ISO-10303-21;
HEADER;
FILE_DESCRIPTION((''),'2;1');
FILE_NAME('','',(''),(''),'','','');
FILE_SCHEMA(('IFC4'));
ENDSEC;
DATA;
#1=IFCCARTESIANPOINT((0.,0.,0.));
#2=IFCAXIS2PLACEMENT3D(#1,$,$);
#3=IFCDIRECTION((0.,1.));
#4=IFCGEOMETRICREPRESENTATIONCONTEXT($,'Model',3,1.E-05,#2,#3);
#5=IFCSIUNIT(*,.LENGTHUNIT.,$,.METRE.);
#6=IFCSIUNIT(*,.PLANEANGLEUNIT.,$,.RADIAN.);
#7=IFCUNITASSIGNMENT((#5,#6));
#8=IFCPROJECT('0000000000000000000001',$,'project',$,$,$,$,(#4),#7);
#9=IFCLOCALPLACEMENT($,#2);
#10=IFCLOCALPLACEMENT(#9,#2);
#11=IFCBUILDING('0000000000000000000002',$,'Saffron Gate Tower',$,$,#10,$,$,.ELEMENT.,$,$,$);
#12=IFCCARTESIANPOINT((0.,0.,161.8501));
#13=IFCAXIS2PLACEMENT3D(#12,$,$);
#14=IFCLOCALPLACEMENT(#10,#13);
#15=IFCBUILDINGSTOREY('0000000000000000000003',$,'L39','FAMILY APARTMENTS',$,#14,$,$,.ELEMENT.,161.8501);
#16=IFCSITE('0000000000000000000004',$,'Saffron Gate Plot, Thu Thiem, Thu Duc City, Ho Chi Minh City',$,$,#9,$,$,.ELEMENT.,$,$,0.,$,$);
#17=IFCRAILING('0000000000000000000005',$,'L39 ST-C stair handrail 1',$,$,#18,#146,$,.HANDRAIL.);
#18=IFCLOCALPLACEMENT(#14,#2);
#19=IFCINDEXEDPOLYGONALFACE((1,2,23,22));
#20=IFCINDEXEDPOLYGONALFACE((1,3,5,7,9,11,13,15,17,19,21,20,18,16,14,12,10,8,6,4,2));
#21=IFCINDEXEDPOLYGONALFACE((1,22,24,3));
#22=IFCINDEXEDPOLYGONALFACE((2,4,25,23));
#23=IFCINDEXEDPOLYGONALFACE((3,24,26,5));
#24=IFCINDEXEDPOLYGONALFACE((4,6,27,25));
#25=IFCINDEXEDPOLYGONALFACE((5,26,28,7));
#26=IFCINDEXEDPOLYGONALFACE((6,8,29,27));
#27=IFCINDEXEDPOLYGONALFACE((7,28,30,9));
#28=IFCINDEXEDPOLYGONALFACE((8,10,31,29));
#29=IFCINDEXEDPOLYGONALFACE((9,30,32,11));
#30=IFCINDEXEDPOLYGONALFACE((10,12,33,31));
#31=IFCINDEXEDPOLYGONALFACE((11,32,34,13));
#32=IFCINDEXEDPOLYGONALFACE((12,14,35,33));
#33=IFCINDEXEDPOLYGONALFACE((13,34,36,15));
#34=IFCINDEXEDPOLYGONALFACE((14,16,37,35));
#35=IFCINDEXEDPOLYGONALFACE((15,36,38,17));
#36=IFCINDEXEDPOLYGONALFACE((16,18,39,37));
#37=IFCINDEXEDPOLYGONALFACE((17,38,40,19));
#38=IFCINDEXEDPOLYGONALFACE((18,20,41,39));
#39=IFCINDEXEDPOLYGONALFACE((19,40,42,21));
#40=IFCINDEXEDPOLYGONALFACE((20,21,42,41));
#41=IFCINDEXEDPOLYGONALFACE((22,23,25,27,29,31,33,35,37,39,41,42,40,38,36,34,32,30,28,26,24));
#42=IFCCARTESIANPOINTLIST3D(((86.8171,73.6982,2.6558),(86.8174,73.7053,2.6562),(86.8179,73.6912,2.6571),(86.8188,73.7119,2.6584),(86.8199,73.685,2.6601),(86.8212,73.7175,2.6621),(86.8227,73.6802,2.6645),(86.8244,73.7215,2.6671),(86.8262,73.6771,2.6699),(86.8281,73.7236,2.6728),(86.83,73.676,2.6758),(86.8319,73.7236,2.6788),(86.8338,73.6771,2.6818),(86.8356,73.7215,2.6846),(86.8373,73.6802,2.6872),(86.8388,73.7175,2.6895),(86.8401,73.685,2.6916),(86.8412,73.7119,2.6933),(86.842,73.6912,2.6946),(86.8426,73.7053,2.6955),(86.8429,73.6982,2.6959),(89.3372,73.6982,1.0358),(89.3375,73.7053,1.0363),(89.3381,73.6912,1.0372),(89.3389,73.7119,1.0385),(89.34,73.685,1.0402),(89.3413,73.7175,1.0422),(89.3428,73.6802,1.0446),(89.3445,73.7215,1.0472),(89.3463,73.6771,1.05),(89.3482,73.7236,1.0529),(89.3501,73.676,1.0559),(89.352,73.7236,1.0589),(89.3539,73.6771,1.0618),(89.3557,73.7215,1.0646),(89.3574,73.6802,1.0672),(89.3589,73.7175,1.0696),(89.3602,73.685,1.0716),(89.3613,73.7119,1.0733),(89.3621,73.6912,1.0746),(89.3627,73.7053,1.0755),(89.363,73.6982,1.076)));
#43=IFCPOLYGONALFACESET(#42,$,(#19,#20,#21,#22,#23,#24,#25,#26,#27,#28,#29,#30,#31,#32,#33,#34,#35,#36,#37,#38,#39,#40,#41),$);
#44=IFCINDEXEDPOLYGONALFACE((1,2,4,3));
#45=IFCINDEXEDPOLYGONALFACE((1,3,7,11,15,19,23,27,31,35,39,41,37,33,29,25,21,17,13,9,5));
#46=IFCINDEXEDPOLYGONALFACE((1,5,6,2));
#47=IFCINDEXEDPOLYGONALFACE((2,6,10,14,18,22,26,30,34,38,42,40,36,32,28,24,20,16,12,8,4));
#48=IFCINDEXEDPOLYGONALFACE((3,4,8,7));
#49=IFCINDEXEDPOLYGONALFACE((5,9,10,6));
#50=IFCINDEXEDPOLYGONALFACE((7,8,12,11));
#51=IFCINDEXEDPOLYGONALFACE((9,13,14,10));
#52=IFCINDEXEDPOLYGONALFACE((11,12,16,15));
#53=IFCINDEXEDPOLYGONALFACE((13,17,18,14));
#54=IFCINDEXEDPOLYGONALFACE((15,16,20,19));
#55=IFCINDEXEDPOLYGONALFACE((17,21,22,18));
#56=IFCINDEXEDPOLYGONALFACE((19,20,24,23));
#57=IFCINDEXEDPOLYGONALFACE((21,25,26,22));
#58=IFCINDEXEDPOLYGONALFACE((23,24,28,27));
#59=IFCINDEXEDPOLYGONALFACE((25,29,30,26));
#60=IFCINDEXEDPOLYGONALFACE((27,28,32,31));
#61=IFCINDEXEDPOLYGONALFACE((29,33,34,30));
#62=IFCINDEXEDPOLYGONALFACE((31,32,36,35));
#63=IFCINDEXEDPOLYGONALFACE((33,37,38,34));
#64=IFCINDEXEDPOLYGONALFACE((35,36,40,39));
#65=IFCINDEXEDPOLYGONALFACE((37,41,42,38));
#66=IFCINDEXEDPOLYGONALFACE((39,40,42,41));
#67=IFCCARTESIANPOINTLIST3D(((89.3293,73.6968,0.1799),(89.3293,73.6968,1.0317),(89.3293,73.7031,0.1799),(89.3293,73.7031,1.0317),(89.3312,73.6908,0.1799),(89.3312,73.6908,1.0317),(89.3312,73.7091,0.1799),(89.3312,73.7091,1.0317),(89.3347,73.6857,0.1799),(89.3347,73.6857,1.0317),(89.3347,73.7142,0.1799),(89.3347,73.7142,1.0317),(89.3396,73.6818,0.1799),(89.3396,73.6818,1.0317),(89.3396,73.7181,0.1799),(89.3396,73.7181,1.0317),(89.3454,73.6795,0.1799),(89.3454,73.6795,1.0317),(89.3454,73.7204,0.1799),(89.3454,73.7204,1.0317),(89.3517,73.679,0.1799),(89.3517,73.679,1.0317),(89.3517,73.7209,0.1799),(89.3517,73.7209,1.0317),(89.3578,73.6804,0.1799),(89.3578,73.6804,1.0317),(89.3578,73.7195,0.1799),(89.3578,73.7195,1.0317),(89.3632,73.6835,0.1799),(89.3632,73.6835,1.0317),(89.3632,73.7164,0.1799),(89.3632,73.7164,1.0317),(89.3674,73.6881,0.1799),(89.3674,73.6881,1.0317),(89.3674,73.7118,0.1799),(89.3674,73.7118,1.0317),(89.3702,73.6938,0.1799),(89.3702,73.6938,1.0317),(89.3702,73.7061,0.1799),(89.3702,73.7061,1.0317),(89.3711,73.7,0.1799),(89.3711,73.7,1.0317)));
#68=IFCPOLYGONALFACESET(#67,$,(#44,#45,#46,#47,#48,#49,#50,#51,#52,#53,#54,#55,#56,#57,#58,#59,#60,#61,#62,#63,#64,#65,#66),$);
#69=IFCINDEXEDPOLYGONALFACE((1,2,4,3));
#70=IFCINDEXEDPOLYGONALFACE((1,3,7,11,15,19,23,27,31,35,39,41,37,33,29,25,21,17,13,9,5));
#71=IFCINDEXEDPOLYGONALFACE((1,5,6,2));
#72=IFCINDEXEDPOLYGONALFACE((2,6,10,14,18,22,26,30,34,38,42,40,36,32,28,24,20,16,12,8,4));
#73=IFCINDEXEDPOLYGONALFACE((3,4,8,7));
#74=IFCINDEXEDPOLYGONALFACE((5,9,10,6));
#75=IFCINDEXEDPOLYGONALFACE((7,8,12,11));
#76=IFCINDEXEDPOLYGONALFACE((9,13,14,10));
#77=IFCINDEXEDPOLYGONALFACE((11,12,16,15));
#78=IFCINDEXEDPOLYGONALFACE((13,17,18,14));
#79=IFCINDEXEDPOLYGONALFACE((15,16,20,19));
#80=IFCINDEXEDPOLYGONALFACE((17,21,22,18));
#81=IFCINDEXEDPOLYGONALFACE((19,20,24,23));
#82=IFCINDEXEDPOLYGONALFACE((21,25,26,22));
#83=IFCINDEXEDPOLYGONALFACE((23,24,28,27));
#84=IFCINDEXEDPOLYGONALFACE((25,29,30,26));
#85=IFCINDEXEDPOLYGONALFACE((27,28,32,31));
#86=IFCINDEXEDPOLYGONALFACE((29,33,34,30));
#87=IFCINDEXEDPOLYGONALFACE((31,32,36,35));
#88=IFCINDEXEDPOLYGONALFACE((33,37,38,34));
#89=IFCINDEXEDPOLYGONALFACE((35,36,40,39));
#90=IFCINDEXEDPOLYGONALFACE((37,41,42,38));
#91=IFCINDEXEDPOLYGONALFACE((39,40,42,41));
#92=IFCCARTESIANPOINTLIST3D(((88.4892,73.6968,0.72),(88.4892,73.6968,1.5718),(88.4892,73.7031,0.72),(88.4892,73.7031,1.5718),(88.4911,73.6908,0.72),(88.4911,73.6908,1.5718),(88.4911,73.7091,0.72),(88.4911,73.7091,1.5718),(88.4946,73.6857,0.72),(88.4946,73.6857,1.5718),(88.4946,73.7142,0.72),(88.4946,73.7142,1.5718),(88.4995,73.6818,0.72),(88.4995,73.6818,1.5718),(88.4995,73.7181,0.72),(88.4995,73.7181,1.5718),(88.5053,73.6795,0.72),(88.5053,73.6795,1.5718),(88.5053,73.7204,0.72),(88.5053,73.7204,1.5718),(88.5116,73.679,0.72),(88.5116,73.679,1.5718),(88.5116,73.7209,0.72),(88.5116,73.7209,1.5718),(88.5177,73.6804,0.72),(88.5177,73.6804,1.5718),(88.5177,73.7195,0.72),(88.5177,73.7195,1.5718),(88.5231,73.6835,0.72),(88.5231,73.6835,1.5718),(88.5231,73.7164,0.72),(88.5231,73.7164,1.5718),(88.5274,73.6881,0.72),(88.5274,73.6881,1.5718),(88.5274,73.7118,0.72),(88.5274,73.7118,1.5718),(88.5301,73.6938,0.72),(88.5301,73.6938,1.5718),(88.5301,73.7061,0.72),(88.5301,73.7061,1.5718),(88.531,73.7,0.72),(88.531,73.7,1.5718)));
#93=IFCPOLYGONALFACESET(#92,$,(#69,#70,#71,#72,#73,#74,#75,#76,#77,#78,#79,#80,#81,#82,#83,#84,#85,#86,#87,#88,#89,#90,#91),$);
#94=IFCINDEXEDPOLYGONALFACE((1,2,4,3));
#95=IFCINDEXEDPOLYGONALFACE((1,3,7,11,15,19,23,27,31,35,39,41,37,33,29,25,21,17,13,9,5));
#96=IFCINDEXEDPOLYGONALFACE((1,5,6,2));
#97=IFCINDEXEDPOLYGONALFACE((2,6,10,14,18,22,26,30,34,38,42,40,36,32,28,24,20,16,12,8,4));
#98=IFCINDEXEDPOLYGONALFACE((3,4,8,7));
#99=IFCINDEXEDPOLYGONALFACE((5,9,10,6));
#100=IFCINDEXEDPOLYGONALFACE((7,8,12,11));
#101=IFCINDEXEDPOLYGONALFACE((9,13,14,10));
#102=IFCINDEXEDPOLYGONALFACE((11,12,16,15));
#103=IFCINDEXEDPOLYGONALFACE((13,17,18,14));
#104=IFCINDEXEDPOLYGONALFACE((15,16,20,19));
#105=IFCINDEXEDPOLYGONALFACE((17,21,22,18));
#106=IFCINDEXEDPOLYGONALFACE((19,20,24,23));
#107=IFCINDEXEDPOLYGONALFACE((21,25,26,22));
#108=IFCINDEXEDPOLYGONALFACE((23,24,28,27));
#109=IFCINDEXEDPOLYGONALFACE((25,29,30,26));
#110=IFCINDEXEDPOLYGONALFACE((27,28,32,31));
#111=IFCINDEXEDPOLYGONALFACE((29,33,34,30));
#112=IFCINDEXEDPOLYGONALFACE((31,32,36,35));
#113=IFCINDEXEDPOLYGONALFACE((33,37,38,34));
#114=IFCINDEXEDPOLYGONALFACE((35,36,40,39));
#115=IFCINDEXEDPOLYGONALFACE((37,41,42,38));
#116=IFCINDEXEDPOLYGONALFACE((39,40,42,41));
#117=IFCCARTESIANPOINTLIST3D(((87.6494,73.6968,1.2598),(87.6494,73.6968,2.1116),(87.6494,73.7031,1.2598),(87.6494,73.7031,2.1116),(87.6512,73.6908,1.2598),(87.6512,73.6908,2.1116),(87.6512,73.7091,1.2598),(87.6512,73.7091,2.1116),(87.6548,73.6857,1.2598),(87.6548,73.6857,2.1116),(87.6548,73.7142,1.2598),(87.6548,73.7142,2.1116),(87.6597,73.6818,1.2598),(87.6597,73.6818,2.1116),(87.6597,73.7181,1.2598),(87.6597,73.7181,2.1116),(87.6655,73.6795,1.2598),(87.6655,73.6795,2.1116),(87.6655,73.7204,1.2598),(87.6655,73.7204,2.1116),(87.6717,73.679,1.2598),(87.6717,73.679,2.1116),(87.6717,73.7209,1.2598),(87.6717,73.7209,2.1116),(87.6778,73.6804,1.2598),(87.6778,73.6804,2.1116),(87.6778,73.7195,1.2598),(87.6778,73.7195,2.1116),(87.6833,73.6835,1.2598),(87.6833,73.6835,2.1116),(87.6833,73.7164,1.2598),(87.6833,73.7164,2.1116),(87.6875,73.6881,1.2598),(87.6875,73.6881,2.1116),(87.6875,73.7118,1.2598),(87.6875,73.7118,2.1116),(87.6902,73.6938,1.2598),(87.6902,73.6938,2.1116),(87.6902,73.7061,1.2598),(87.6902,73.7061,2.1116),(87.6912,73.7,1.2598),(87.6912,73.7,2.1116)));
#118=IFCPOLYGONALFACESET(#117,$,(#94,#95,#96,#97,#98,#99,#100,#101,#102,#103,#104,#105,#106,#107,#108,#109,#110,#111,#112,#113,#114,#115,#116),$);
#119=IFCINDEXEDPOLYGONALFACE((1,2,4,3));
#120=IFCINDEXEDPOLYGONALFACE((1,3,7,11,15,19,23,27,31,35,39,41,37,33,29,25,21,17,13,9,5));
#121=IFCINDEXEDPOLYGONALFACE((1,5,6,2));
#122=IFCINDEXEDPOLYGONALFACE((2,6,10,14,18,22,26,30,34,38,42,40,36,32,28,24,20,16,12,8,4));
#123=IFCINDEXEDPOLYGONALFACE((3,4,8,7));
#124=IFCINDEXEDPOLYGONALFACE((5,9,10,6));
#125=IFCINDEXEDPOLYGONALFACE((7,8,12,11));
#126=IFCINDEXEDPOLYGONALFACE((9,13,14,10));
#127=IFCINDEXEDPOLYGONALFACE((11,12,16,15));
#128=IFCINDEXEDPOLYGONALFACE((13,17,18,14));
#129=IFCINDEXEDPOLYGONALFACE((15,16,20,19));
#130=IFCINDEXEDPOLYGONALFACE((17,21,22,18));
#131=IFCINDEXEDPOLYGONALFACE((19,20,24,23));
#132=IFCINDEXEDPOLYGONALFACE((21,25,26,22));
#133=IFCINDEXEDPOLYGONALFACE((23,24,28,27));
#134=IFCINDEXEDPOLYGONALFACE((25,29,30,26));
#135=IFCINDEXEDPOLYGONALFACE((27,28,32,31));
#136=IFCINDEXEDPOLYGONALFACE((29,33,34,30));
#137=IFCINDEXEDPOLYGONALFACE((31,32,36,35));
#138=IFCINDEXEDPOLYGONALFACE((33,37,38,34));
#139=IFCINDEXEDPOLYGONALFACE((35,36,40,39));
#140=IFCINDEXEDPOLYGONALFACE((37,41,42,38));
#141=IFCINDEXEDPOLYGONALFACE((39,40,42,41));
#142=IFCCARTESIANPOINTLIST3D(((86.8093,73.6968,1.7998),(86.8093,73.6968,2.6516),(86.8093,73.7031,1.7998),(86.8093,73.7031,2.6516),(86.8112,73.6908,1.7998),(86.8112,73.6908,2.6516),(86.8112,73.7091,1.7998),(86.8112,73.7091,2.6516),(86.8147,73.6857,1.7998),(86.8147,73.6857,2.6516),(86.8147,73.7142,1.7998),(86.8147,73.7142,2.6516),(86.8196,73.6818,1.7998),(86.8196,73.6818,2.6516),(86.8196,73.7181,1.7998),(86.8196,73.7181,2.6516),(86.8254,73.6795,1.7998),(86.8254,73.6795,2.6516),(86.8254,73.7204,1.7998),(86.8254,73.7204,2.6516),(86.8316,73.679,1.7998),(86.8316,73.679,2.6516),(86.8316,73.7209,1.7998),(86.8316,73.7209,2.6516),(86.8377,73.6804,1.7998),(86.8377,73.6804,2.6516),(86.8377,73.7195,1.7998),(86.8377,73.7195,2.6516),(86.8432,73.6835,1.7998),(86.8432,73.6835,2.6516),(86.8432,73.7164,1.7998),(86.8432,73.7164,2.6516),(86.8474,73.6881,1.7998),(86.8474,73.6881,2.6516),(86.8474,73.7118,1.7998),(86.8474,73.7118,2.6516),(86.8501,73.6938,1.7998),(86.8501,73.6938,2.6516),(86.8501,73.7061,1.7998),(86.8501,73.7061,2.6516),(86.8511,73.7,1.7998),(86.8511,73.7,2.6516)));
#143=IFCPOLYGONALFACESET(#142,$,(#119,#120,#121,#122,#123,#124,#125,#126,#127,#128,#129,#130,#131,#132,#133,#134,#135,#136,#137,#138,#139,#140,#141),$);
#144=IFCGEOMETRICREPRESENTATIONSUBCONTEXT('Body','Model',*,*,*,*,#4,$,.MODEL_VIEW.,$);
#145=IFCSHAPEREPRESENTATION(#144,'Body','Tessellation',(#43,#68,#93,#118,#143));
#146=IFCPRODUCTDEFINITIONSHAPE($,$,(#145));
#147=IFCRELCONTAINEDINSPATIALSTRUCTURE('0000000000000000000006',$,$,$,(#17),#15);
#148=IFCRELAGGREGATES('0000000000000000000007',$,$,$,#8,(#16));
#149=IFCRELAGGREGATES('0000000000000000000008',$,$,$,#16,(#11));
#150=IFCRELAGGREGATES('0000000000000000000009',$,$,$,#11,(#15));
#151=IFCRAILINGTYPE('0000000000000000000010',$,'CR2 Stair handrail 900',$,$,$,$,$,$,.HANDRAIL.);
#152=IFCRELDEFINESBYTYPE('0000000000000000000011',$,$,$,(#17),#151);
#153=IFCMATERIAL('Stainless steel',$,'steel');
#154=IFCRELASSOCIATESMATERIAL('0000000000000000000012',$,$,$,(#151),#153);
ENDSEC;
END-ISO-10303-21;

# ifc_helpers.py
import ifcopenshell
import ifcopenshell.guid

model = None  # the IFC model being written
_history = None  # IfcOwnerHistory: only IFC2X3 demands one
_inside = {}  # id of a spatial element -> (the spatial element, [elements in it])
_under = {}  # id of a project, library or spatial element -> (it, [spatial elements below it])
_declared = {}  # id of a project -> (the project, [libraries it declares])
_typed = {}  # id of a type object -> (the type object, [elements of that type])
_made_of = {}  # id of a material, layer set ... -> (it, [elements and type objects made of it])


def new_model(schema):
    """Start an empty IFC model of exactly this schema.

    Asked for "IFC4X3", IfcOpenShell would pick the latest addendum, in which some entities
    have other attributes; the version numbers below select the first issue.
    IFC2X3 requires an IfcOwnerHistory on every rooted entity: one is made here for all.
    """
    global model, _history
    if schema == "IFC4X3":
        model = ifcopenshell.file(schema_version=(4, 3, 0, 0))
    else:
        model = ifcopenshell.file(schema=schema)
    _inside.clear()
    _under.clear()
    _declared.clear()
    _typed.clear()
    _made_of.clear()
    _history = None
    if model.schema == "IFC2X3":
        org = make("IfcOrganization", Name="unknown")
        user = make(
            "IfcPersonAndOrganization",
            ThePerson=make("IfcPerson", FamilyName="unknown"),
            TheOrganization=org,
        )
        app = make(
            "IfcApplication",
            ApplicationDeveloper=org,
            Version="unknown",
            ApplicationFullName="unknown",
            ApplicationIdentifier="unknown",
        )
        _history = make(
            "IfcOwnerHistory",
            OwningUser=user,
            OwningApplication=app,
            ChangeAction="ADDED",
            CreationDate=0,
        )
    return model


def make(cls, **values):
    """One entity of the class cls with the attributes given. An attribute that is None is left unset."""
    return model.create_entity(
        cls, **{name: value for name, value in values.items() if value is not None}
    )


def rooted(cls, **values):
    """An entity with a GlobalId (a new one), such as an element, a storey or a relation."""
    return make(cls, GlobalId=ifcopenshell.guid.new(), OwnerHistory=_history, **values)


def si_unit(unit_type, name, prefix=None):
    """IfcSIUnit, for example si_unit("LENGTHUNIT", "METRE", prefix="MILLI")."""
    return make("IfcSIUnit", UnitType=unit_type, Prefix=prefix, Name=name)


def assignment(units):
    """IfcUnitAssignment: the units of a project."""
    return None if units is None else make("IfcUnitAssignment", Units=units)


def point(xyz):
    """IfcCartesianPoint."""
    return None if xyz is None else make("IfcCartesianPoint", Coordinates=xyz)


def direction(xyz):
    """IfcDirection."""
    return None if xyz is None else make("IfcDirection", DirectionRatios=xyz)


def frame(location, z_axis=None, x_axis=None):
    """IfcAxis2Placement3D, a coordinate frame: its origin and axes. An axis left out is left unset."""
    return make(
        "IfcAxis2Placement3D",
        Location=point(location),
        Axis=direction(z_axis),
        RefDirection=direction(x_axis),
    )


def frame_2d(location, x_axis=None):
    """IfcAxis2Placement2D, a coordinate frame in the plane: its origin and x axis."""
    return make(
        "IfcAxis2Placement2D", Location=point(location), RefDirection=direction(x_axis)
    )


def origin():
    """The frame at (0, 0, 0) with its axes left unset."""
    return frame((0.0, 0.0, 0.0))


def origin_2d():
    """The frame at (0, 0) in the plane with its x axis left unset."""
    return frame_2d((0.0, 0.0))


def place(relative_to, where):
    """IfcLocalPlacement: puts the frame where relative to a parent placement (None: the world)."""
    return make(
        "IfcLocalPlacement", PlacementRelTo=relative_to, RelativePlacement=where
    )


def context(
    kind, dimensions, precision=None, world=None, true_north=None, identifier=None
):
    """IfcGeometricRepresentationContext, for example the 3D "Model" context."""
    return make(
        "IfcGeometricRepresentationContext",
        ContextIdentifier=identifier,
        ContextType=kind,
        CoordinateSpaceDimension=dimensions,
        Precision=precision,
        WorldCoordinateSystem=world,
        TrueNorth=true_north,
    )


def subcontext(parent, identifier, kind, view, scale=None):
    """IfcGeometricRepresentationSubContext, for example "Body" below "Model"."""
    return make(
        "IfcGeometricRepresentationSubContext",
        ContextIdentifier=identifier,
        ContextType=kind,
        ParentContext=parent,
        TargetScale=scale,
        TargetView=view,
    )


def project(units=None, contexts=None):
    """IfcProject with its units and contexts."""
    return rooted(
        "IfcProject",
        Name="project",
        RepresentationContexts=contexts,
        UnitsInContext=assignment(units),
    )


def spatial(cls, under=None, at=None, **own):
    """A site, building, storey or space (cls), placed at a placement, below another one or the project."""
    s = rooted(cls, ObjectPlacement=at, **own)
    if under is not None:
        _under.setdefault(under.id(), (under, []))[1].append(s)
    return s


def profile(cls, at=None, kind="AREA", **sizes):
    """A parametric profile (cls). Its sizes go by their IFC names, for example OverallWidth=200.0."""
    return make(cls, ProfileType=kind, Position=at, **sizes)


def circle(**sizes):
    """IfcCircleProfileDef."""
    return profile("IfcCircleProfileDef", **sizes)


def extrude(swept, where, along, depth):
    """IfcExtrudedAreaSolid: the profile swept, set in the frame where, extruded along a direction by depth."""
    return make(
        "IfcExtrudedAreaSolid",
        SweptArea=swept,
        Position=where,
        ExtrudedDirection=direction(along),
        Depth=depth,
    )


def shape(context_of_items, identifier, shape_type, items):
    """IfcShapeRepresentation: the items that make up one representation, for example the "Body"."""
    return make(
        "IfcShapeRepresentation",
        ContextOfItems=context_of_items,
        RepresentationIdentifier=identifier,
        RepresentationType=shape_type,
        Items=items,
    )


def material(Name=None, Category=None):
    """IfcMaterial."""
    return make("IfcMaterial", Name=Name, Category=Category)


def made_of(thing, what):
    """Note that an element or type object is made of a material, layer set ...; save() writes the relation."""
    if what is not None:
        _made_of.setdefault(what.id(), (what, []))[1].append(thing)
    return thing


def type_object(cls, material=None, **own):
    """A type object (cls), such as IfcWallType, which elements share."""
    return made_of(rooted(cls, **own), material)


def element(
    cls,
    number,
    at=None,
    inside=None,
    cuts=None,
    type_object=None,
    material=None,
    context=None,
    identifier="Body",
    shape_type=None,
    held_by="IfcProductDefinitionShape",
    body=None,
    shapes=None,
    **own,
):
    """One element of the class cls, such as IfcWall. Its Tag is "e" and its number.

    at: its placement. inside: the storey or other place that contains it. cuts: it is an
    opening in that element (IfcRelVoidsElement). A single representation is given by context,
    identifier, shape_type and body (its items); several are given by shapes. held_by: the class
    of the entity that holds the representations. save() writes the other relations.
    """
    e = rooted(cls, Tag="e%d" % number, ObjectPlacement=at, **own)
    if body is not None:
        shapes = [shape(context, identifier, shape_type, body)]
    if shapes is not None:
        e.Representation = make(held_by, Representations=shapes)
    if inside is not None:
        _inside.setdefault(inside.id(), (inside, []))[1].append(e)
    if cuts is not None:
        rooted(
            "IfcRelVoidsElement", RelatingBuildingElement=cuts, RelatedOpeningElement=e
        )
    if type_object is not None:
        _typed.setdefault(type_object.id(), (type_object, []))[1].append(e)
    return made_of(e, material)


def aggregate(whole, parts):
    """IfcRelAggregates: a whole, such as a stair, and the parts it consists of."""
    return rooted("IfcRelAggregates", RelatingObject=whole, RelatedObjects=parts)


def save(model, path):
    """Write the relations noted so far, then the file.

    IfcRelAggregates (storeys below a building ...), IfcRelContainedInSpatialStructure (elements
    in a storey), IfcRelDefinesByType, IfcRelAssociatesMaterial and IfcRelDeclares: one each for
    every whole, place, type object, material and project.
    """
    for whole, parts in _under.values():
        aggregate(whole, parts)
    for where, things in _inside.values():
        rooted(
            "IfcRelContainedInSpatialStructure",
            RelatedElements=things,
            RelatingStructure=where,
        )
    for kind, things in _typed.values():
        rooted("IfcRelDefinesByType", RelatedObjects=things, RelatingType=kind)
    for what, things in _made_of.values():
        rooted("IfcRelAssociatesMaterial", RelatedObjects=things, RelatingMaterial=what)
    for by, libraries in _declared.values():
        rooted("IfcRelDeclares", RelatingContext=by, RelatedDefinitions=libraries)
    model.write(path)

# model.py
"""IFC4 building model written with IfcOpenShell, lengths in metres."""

from ifc_helpers import new_model, si_unit, direction, frame, origin, origin_2d, place, context, subcontext, project, spatial, circle, extrude, material, type_object, element, save


model = new_model("IFC4")

# Units and contexts
model_context = context("Model", 3, precision=1e-05, world=origin(), true_north=direction((0.0, 1.0)))
body_context = subcontext(model_context, "Body", "Model", "MODEL_VIEW")
ifc_project = project(units=[si_unit("LENGTHUNIT", "METRE"), si_unit("PLANEANGLEUNIT", "RADIAN")], contexts=[model_context])

# Site, building, storey
site_placement = place(None, origin())
site = spatial("IfcSite", under=ifc_project, at=site_placement, Name="Saffron Gate Plot, Thu Thiem, Thu Duc City, Ho Chi Minh City", CompositionType="ELEMENT", RefElevation=0.0)
building_placement = place(site_placement, origin())
building = spatial("IfcBuilding", under=site, at=building_placement, Name="Saffron Gate Tower", CompositionType="ELEMENT")
storey_placement = place(building_placement, frame((0.0, 0.0, 161.8501)))
storey = spatial("IfcBuildingStorey", under=building, at=storey_placement, Name="L39", Description="FAMILY APARTMENTS", CompositionType="ELEMENT", Elevation=161.8501)

# Railing
ifc_material_1 = material(Name="Stainless steel", Category="steel")
railing_type_1 = type_object("IfcRailingType", Name="CR2 Stair handrail 900", PredefinedType="HANDRAIL", material=ifc_material_1)
railing_1_placement = place(storey_placement, frame((89.3501, 73.7, 0.1799)))
element("IfcRailing", 1, at=railing_1_placement, inside=storey, type_object=railing_type_1, Name="L39 ST-C stair handrail 1", PredefinedType="HANDRAIL", context=body_context, shape_type="SweptSolid", body=[
    extrude(circle(Radius=0.0239, at=origin_2d()), frame((0.0, 0.0, 0.876), z_axis=(-0.8412, 0.0, 0.540725), x_axis=(0.0, -1.0, 0.0)), (0.0, 0.0, 1.0), 2.9958),
    extrude(circle(Radius=0.021, at=origin_2d()), origin(), (0.0, 0.0, 1.0), 0.8518),
    extrude(circle(Radius=0.021, at=origin_2d()), frame((-0.8401, 0.0, 0.54)), (0.0, 0.0, 1.0), 0.8518),
    extrude(circle(Radius=0.021, at=origin_2d()), frame((-1.6799, 0.0, 1.0798)), (0.0, 0.0, 1.0), 0.8518),
    extrude(circle(Radius=0.021, at=origin_2d()), frame((-2.52, 0.0, 1.6199)), (0.0, 0.0, 1.0), 0.8518),
])

save(model, "model.ifc")
